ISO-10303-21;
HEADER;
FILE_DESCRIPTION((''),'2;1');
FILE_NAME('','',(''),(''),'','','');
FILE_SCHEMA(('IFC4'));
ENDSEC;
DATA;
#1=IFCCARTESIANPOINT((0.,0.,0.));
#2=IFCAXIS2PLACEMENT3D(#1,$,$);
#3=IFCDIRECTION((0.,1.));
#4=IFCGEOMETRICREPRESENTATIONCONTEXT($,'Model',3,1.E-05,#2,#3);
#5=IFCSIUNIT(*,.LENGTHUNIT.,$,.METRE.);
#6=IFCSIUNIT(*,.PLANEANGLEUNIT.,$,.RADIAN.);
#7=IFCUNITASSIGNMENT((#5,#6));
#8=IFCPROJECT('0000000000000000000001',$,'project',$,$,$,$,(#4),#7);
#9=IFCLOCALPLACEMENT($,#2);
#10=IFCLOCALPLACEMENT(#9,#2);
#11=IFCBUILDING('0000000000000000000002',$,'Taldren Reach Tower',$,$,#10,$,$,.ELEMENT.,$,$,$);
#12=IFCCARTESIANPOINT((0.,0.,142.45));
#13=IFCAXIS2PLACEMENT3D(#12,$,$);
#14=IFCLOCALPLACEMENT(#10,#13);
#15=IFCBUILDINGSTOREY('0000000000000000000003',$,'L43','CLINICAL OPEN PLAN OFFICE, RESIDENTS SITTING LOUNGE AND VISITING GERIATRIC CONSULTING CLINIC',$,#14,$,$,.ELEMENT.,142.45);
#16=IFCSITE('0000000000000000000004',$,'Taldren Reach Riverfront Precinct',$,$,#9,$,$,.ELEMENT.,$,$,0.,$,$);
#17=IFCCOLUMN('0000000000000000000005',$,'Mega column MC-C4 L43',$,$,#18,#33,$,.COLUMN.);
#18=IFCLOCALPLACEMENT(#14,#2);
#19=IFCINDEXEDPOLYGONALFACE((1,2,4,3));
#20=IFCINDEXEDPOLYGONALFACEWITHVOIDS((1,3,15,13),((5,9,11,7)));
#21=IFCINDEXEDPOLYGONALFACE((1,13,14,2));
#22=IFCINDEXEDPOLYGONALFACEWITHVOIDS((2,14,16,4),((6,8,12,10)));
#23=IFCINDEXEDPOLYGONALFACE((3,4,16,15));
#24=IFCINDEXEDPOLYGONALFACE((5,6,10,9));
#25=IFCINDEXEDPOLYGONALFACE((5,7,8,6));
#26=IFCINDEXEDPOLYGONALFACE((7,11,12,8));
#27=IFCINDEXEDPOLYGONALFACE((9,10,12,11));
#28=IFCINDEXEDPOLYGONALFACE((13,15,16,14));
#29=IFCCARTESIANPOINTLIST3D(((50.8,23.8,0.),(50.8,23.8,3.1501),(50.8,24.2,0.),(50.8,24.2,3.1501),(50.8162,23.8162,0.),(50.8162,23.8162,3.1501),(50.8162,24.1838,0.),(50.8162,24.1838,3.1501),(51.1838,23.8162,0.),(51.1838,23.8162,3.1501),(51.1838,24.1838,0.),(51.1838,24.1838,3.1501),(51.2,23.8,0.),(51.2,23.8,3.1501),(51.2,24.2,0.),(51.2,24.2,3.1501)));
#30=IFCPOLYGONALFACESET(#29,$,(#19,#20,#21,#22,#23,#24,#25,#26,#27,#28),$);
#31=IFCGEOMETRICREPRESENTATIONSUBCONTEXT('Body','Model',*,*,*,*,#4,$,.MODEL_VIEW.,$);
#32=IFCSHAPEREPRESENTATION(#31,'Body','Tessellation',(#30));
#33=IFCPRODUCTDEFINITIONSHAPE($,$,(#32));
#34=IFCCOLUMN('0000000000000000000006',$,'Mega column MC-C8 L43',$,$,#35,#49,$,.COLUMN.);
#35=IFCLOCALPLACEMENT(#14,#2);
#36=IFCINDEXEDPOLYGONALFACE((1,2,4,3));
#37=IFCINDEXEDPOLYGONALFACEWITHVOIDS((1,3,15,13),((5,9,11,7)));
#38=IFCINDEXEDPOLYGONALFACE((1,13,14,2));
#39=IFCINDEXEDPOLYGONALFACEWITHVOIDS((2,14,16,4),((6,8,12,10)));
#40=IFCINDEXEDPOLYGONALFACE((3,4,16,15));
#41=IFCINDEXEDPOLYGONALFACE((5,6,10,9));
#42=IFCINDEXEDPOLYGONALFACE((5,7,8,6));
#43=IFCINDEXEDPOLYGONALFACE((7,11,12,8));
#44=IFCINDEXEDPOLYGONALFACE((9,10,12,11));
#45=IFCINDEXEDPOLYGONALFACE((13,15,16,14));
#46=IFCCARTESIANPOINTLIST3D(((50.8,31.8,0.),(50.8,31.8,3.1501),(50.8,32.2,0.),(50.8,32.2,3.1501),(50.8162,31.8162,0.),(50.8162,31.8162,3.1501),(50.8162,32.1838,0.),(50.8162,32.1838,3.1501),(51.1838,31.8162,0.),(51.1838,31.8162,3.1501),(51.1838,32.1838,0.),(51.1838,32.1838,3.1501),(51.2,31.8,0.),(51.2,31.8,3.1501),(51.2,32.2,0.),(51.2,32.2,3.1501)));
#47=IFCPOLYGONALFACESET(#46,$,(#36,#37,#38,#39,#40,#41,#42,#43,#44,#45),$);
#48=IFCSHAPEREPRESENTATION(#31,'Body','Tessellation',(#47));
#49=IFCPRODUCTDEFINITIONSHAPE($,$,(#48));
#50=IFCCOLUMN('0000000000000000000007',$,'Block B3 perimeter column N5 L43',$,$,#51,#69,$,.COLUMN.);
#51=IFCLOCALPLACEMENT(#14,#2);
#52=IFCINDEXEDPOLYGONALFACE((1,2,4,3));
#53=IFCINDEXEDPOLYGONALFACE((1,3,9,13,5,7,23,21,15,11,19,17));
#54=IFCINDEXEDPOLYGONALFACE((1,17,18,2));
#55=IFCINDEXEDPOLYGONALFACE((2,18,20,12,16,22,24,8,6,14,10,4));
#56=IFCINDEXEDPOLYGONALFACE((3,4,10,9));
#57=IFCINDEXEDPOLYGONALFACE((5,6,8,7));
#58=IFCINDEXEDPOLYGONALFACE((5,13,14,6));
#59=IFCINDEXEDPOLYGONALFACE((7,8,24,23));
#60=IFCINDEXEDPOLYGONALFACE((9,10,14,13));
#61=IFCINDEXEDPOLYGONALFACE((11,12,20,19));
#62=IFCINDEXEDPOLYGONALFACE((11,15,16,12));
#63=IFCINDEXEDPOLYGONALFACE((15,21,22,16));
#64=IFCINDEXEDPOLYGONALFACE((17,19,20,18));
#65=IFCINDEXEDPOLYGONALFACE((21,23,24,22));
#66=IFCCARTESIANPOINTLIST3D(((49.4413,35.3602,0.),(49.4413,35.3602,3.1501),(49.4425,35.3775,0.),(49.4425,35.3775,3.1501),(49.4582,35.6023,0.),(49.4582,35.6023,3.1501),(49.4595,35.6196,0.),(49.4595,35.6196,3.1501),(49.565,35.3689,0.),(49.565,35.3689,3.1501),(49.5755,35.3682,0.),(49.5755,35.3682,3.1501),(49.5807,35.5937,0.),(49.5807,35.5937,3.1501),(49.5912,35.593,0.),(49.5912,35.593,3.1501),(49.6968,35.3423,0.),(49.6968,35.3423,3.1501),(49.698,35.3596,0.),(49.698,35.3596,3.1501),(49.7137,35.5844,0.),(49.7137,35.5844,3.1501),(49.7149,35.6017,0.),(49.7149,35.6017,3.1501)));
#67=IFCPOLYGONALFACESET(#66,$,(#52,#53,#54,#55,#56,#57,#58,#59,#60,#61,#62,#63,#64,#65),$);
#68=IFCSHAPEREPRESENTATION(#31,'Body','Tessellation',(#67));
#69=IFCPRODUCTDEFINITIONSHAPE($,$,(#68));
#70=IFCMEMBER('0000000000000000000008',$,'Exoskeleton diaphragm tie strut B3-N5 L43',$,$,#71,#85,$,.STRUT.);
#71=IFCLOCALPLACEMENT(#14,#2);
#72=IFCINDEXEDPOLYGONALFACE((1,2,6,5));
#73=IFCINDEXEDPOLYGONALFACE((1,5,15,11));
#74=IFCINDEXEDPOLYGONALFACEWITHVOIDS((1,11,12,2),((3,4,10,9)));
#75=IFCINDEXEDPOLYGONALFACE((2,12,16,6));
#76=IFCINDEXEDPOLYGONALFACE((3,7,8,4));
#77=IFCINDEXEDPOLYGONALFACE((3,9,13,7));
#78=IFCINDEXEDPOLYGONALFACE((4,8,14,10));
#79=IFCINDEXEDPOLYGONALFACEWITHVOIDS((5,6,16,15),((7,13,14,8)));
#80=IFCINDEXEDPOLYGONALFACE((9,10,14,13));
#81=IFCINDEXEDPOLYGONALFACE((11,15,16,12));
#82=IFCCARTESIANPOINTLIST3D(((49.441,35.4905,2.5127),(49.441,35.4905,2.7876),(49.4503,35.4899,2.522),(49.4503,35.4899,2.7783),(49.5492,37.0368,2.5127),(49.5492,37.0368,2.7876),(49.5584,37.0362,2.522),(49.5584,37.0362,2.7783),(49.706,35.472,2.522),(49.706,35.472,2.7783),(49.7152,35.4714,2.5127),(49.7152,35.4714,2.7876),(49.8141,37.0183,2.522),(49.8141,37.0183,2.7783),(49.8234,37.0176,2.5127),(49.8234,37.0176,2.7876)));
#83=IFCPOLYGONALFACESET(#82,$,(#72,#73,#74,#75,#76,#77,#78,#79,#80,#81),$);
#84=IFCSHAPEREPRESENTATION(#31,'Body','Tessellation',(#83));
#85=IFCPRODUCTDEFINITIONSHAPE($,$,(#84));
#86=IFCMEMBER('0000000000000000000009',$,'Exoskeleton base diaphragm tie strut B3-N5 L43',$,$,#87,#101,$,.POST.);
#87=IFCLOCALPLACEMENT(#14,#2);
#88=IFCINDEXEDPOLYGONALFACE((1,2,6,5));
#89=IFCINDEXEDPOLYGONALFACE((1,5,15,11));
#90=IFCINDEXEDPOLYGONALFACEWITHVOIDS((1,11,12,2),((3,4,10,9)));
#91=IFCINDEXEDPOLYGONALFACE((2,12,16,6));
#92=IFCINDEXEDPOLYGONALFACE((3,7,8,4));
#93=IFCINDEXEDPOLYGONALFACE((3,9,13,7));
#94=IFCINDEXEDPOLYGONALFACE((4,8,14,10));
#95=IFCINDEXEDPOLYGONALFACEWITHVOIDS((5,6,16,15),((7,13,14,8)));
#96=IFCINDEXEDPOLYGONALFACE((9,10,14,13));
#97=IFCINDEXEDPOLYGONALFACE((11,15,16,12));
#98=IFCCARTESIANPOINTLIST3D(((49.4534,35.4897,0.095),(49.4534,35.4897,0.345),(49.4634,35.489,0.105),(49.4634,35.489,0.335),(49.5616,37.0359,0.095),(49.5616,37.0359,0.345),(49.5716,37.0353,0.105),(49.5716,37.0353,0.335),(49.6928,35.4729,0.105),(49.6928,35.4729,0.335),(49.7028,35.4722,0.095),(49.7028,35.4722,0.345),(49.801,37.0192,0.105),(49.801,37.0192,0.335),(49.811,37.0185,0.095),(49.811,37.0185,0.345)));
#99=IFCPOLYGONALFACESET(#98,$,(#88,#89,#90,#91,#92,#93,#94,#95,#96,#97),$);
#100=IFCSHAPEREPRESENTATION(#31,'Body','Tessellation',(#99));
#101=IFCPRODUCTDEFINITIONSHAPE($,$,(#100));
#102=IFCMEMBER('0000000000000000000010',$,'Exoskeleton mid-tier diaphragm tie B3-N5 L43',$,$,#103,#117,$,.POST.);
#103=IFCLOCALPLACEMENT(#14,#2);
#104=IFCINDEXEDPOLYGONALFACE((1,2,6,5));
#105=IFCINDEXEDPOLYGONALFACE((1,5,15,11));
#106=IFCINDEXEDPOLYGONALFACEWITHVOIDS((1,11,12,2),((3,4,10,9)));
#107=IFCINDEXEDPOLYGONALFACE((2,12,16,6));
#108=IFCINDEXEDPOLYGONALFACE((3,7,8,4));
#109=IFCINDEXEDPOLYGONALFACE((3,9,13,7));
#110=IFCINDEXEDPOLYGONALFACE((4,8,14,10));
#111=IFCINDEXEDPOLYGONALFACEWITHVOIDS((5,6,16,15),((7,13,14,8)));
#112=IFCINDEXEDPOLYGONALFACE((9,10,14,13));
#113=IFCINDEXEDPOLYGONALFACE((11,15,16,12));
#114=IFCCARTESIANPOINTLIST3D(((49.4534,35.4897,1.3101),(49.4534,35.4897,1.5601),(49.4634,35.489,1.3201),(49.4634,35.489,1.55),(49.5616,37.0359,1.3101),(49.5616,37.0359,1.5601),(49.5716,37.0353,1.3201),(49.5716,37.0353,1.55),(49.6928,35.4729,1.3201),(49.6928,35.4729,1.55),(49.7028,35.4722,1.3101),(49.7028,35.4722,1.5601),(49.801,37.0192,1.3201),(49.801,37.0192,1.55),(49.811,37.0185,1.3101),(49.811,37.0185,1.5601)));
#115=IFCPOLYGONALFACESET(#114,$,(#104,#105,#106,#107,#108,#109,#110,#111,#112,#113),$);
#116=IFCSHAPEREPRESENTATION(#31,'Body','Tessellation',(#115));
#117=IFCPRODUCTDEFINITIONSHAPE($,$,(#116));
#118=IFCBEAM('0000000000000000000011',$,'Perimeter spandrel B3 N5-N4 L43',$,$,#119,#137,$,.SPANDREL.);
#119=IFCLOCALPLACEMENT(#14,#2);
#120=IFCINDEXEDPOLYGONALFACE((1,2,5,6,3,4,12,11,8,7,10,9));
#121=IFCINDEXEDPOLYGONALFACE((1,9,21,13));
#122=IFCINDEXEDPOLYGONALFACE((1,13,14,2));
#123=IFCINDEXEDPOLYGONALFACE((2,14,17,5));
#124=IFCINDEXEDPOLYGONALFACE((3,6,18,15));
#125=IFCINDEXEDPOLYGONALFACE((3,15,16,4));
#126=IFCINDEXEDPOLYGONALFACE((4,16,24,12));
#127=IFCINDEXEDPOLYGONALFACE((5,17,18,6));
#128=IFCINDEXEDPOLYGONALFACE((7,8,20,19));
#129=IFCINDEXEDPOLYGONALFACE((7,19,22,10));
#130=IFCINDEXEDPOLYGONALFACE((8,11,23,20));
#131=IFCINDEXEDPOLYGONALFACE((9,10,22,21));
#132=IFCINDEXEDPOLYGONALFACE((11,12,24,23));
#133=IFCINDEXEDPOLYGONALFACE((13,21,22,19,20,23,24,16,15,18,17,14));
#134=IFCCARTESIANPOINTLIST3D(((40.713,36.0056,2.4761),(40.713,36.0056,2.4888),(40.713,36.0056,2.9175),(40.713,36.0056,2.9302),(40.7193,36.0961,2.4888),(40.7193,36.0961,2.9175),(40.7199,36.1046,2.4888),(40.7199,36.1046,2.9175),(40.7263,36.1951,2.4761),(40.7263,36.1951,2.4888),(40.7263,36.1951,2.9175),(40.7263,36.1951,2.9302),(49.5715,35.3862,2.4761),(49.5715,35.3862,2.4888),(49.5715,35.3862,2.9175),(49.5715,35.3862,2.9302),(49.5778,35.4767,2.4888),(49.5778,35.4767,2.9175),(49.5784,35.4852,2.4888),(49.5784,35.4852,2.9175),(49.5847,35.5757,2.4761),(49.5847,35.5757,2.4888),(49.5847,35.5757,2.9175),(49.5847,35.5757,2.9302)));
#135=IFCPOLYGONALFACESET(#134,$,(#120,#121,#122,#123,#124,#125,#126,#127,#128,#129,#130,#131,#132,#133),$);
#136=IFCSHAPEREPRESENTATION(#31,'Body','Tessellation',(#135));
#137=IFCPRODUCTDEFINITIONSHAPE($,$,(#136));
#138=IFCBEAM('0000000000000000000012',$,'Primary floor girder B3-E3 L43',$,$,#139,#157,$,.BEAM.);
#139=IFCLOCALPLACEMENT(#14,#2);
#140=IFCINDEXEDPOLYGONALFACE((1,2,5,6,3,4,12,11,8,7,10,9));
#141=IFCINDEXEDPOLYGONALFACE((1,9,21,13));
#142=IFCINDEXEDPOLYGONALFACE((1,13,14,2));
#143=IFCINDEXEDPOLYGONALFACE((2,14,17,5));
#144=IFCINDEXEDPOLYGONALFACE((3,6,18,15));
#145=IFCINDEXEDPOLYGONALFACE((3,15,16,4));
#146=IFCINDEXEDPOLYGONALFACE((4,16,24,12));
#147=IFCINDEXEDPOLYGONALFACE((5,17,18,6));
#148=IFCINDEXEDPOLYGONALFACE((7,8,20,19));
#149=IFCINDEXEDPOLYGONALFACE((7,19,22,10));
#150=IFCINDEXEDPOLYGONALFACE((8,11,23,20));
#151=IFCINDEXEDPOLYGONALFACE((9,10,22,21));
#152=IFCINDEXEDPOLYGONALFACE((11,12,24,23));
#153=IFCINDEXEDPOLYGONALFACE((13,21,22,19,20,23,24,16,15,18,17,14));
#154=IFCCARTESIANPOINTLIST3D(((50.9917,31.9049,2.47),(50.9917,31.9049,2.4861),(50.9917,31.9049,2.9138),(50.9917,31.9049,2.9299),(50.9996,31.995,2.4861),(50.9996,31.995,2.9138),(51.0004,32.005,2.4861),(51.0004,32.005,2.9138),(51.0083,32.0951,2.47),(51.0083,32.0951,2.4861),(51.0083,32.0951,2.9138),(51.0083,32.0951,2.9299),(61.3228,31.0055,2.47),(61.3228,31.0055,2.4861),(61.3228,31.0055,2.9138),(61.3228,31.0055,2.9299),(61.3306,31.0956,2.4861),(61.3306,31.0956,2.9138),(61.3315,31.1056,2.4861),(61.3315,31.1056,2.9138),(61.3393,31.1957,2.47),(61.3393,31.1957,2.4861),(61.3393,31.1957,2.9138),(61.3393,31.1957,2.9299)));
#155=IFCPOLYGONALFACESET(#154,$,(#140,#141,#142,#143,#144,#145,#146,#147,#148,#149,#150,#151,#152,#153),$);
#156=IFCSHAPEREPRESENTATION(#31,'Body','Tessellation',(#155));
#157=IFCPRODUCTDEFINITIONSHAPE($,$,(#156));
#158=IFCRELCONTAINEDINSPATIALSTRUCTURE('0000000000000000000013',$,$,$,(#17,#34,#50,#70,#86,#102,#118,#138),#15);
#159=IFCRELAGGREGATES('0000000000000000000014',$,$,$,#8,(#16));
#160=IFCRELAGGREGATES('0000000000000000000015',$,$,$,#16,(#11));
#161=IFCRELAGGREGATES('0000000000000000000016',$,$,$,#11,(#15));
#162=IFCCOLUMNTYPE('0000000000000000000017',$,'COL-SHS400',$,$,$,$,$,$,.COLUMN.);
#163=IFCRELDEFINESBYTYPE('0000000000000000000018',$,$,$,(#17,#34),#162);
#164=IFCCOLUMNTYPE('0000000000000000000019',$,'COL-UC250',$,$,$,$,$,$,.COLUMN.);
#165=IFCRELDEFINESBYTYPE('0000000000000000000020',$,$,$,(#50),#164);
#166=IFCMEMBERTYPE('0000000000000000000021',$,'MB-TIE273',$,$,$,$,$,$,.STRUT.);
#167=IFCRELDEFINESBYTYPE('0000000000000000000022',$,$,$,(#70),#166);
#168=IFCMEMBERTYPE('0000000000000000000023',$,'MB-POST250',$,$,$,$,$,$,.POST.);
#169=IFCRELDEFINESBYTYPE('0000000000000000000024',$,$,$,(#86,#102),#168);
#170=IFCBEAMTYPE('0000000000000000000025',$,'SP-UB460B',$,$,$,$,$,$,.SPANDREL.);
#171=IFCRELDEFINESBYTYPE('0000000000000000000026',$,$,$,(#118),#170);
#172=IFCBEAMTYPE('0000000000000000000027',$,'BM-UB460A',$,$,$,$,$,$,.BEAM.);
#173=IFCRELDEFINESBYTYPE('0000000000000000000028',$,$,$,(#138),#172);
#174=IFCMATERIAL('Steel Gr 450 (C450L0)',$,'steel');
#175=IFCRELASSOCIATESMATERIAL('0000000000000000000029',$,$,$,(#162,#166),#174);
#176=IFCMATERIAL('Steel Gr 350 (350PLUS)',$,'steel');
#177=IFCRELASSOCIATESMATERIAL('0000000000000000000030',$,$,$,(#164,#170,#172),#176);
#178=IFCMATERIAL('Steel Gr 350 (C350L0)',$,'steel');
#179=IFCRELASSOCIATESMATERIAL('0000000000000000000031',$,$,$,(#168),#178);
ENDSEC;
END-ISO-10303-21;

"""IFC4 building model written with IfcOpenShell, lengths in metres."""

from ifc_helpers import new_model, si_unit, direction, frame, origin, origin_2d, place, context, subcontext, project, spatial, hollow_rectangle, i_section, extrude, source, transform, mapped, material, material_profile, profile_set, type_object, element, save


model = new_model("IFC4")

# Units and contexts
model_context = context("Model", 3, precision=1e-05, world=origin(), true_north=direction((0.0, 1.0)))
body_context = subcontext(model_context, "Body", "Model", "MODEL_VIEW")
ifc_project = project(units=[si_unit("LENGTHUNIT", "METRE"), si_unit("PLANEANGLEUNIT", "RADIAN")], contexts=[model_context])

# Site, building, storey
site_placement = place(None, origin())
site = spatial("IfcSite", under=ifc_project, at=site_placement, Name="Taldren Reach Riverfront Precinct", CompositionType="ELEMENT", RefElevation=0.0)
building_placement = place(site_placement, origin())
building = spatial("IfcBuilding", under=site, at=building_placement, Name="Taldren Reach Tower", CompositionType="ELEMENT")
storey_placement = place(building_placement, frame((0.0, 0.0, 142.45)))
storey = spatial("IfcBuildingStorey", under=building, at=storey_placement, Name="L43", Description="CLINICAL OPEN PLAN OFFICE, RESIDENTS SITTING LOUNGE AND VISITING GERIATRIC CONSULTING CLINIC", CompositionType="ELEMENT", Elevation=142.45)

# Columns
ifc_material_1 = material(Name="Steel Gr 450 (C450L0)", Category="steel")
ifc_material_profile_1 = material_profile(ifc_material_1, hollow_rectangle(XDim=0.3999, YDim=0.3999, WallThickness=0.0161, at=origin_2d()), Name="400x400x16.0SHS")
ifc_profile_set_1 = profile_set([ifc_material_profile_1], Name="Steel Gr 450 (C450L0)")
column_type_1 = type_object("IfcColumnType", Name="COL-SHS400", PredefinedType="COLUMN", material=ifc_profile_set_1)
shared_shape_1 = source(origin(), body_context, "Body", "SweptSolid", [
    extrude(hollow_rectangle(XDim=0.3999, YDim=0.3999, WallThickness=0.0161, at=origin_2d()), origin(), (0.0, 0.0, 1.0), 3.1501),
])
for number, where, z_axis, x_axis, name in (
    (1, (51.0, 24.0, 0.0), (0.0, 0.0, 1.0), (1.0, 0.0, 0.0), "Mega column MC-C4 L43"),
    (2, (51.0, 32.0, 0.0), (0.0, 0.0, 1.0), (1.0, 0.0, 0.0), "Mega column MC-C8 L43"),
):
    element("IfcColumn", number, at=place(storey_placement, frame(where, z_axis=z_axis, x_axis=x_axis)), inside=storey, type_object=column_type_1, Name=name, PredefinedType="COLUMN", context=body_context, shape_type="MappedRepresentation", body=[
        mapped(shared_shape_1, transform((0.0, 0.0, 0.0), scale=1.0)),
    ])
ifc_material_2 = material(Name="Steel Gr 350 (350PLUS)", Category="steel")
ifc_material_profile_2 = material_profile(ifc_material_2, i_section(OverallWidth=0.2561, OverallDepth=0.26, WebThickness=0.0105, FlangeThickness=0.0173, at=origin_2d()), Name="250UC89.5")
ifc_profile_set_2 = profile_set([ifc_material_profile_2], Name="Steel Gr 350 (350PLUS)")
column_type_2 = type_object("IfcColumnType", Name="COL-UC250", PredefinedType="COLUMN", material=ifc_profile_set_2)
shared_shape_2 = source(origin(), body_context, "Body", "SweptSolid", [
    extrude(i_section(OverallWidth=0.2561, OverallDepth=0.26, WebThickness=0.0105, FlangeThickness=0.0173, at=origin_2d()), origin(), (0.0, 0.0, 1.0), 3.1501),
])
column_placement = place(storey_placement, frame((49.5781, 35.481, 0.0), z_axis=(0.0, 0.0, 1.0), x_axis=(0.997564, -0.069756, 0.0)))
element("IfcColumn", 3, at=column_placement, inside=storey, type_object=column_type_2, Name="Block B3 perimeter column N5 L43", PredefinedType="COLUMN", context=body_context, shape_type="MappedRepresentation", body=[
    mapped(shared_shape_2, transform((0.0, 0.0, 0.0), scale=1.0)),
])

# Members
ifc_material_profile_3 = material_profile(ifc_material_1, hollow_rectangle(XDim=0.2749, YDim=0.2749, WallThickness=0.0093, at=origin_2d()), Name="275x275x9.3SHS")
ifc_profile_set_3 = profile_set([ifc_material_profile_3], Name="Steel Gr 450 (C450L0)")
member_type_1 = type_object("IfcMemberType", Name="MB-TIE273", PredefinedType="STRUT", material=ifc_profile_set_3)
shared_shape_3 = source(origin(), body_context, "Body", "SweptSolid", [
    extrude(hollow_rectangle(XDim=0.2749, YDim=0.2749, WallThickness=0.0093, at=origin_2d()), origin(), (0.0, 0.0, 1.0), 1.55),
])
member_1_placement = place(storey_placement, frame((49.5781, 35.481, 2.6501), z_axis=(0.06977, 0.997563, 0.0), x_axis=(-0.997563, 0.06977, 0.0)))
element("IfcMember", 4, at=member_1_placement, inside=storey, type_object=member_type_1, Name="Exoskeleton diaphragm tie strut B3-N5 L43", PredefinedType="STRUT", context=body_context, shape_type="MappedRepresentation", body=[
    mapped(shared_shape_3, transform((0.0, 0.0, 0.0), scale=1.0)),
])
ifc_material_3 = material(Name="Steel Gr 350 (C350L0)", Category="steel")
ifc_material_profile_4 = material_profile(ifc_material_3, hollow_rectangle(XDim=0.25, YDim=0.25, WallThickness=0.01, at=origin_2d()), Name="250x250x10.0SHS")
ifc_profile_set_4 = profile_set([ifc_material_profile_4], Name="Steel Gr 350 (C350L0)")
member_type_2 = type_object("IfcMemberType", Name="MB-POST250", PredefinedType="POST", material=ifc_profile_set_4)
shared_shape_4 = source(origin(), body_context, "Body", "SweptSolid", [
    extrude(hollow_rectangle(XDim=0.25, YDim=0.25, WallThickness=0.01, at=origin_2d()), origin(), (0.0, 0.0, 1.0), 1.55),
])
for number, where, z_axis, x_axis, name in (
    (5, (49.5781, 35.481, 0.22), (0.06977, 0.997563, 0.0), (-0.997563, 0.06977, 0.0), "Exoskeleton base diaphragm tie strut B3-N5 L43"),
    (6, (49.5781, 35.481, 1.4351), (0.06977, 0.997563, 0.0), (-0.997563, 0.06977, 0.0), "Exoskeleton mid-tier diaphragm tie B3-N5 L43"),
):
    element("IfcMember", number, at=place(storey_placement, frame(where, z_axis=z_axis, x_axis=x_axis)), inside=storey, type_object=member_type_2, Name=name, PredefinedType="POST", context=body_context, shape_type="MappedRepresentation", body=[
        mapped(shared_shape_4, transform((0.0, 0.0, 0.0), scale=1.0)),
    ])

# Beams
ifc_material_profile_5 = material_profile(ifc_material_2, i_section(OverallWidth=0.1899, OverallDepth=0.4541, WebThickness=0.0085, FlangeThickness=0.0127, at=origin_2d()), Name="460UB67.1")
ifc_profile_set_5 = profile_set([ifc_material_profile_5], Name="Steel Gr 350 (350PLUS)")
beam_type_1 = type_object("IfcBeamType", Name="SP-UB460B", PredefinedType="SPANDREL", material=ifc_profile_set_5)
shared_shape_5 = source(origin(), body_context, "Body", "SweptSolid", [
    extrude(i_section(OverallWidth=0.1899, OverallDepth=0.4541, WebThickness=0.0085, FlangeThickness=0.0127, at=origin_2d()), origin(), (0.0, 0.0, 1.0), 8.8801),
])
beam_1_placement = place(storey_placement, frame((49.5781, 35.481, 2.7031), z_axis=(-0.997564, 0.06975, 0.0), x_axis=(-0.06975, -0.997564, 0.0)))
element("IfcBeam", 7, at=beam_1_placement, inside=storey, type_object=beam_type_1, Name="Perimeter spandrel B3 N5-N4 L43", PredefinedType="SPANDREL", context=body_context, shape_type="MappedRepresentation", body=[
    mapped(shared_shape_5, transform((0.0, 0.0, 0.0), scale=1.0)),
])
ifc_material_profile_6 = material_profile(ifc_material_2, i_section(OverallWidth=0.1909, OverallDepth=0.46, WebThickness=0.01, FlangeThickness=0.0161, at=origin_2d()), Name="460UB82.1")
ifc_profile_set_6 = profile_set([ifc_material_profile_6], Name="Steel Gr 350 (350PLUS)")
beam_type_2 = type_object("IfcBeamType", Name="BM-UB460A", PredefinedType="BEAM", material=ifc_profile_set_6)
shared_shape_6 = source(origin(), body_context, "Body", "SweptSolid", [
    extrude(i_section(OverallWidth=0.1909, OverallDepth=0.46, WebThickness=0.01, FlangeThickness=0.0161, at=origin_2d()), origin(), (0.0, 0.0, 1.0), 10.3701),
])
beam_2_placement = place(storey_placement, frame((51.0, 32.0, 2.7), z_axis=(0.996232, -0.086731, 0.0), x_axis=(0.086731, 0.996232, 0.0)))
element("IfcBeam", 8, at=beam_2_placement, inside=storey, type_object=beam_type_2, Name="Primary floor girder B3-E3 L43", PredefinedType="BEAM", context=body_context, shape_type="MappedRepresentation", body=[
    mapped(shared_shape_6, transform((0.0, 0.0, 0.0), scale=1.0)),
])

save(model, "model.ifc")
